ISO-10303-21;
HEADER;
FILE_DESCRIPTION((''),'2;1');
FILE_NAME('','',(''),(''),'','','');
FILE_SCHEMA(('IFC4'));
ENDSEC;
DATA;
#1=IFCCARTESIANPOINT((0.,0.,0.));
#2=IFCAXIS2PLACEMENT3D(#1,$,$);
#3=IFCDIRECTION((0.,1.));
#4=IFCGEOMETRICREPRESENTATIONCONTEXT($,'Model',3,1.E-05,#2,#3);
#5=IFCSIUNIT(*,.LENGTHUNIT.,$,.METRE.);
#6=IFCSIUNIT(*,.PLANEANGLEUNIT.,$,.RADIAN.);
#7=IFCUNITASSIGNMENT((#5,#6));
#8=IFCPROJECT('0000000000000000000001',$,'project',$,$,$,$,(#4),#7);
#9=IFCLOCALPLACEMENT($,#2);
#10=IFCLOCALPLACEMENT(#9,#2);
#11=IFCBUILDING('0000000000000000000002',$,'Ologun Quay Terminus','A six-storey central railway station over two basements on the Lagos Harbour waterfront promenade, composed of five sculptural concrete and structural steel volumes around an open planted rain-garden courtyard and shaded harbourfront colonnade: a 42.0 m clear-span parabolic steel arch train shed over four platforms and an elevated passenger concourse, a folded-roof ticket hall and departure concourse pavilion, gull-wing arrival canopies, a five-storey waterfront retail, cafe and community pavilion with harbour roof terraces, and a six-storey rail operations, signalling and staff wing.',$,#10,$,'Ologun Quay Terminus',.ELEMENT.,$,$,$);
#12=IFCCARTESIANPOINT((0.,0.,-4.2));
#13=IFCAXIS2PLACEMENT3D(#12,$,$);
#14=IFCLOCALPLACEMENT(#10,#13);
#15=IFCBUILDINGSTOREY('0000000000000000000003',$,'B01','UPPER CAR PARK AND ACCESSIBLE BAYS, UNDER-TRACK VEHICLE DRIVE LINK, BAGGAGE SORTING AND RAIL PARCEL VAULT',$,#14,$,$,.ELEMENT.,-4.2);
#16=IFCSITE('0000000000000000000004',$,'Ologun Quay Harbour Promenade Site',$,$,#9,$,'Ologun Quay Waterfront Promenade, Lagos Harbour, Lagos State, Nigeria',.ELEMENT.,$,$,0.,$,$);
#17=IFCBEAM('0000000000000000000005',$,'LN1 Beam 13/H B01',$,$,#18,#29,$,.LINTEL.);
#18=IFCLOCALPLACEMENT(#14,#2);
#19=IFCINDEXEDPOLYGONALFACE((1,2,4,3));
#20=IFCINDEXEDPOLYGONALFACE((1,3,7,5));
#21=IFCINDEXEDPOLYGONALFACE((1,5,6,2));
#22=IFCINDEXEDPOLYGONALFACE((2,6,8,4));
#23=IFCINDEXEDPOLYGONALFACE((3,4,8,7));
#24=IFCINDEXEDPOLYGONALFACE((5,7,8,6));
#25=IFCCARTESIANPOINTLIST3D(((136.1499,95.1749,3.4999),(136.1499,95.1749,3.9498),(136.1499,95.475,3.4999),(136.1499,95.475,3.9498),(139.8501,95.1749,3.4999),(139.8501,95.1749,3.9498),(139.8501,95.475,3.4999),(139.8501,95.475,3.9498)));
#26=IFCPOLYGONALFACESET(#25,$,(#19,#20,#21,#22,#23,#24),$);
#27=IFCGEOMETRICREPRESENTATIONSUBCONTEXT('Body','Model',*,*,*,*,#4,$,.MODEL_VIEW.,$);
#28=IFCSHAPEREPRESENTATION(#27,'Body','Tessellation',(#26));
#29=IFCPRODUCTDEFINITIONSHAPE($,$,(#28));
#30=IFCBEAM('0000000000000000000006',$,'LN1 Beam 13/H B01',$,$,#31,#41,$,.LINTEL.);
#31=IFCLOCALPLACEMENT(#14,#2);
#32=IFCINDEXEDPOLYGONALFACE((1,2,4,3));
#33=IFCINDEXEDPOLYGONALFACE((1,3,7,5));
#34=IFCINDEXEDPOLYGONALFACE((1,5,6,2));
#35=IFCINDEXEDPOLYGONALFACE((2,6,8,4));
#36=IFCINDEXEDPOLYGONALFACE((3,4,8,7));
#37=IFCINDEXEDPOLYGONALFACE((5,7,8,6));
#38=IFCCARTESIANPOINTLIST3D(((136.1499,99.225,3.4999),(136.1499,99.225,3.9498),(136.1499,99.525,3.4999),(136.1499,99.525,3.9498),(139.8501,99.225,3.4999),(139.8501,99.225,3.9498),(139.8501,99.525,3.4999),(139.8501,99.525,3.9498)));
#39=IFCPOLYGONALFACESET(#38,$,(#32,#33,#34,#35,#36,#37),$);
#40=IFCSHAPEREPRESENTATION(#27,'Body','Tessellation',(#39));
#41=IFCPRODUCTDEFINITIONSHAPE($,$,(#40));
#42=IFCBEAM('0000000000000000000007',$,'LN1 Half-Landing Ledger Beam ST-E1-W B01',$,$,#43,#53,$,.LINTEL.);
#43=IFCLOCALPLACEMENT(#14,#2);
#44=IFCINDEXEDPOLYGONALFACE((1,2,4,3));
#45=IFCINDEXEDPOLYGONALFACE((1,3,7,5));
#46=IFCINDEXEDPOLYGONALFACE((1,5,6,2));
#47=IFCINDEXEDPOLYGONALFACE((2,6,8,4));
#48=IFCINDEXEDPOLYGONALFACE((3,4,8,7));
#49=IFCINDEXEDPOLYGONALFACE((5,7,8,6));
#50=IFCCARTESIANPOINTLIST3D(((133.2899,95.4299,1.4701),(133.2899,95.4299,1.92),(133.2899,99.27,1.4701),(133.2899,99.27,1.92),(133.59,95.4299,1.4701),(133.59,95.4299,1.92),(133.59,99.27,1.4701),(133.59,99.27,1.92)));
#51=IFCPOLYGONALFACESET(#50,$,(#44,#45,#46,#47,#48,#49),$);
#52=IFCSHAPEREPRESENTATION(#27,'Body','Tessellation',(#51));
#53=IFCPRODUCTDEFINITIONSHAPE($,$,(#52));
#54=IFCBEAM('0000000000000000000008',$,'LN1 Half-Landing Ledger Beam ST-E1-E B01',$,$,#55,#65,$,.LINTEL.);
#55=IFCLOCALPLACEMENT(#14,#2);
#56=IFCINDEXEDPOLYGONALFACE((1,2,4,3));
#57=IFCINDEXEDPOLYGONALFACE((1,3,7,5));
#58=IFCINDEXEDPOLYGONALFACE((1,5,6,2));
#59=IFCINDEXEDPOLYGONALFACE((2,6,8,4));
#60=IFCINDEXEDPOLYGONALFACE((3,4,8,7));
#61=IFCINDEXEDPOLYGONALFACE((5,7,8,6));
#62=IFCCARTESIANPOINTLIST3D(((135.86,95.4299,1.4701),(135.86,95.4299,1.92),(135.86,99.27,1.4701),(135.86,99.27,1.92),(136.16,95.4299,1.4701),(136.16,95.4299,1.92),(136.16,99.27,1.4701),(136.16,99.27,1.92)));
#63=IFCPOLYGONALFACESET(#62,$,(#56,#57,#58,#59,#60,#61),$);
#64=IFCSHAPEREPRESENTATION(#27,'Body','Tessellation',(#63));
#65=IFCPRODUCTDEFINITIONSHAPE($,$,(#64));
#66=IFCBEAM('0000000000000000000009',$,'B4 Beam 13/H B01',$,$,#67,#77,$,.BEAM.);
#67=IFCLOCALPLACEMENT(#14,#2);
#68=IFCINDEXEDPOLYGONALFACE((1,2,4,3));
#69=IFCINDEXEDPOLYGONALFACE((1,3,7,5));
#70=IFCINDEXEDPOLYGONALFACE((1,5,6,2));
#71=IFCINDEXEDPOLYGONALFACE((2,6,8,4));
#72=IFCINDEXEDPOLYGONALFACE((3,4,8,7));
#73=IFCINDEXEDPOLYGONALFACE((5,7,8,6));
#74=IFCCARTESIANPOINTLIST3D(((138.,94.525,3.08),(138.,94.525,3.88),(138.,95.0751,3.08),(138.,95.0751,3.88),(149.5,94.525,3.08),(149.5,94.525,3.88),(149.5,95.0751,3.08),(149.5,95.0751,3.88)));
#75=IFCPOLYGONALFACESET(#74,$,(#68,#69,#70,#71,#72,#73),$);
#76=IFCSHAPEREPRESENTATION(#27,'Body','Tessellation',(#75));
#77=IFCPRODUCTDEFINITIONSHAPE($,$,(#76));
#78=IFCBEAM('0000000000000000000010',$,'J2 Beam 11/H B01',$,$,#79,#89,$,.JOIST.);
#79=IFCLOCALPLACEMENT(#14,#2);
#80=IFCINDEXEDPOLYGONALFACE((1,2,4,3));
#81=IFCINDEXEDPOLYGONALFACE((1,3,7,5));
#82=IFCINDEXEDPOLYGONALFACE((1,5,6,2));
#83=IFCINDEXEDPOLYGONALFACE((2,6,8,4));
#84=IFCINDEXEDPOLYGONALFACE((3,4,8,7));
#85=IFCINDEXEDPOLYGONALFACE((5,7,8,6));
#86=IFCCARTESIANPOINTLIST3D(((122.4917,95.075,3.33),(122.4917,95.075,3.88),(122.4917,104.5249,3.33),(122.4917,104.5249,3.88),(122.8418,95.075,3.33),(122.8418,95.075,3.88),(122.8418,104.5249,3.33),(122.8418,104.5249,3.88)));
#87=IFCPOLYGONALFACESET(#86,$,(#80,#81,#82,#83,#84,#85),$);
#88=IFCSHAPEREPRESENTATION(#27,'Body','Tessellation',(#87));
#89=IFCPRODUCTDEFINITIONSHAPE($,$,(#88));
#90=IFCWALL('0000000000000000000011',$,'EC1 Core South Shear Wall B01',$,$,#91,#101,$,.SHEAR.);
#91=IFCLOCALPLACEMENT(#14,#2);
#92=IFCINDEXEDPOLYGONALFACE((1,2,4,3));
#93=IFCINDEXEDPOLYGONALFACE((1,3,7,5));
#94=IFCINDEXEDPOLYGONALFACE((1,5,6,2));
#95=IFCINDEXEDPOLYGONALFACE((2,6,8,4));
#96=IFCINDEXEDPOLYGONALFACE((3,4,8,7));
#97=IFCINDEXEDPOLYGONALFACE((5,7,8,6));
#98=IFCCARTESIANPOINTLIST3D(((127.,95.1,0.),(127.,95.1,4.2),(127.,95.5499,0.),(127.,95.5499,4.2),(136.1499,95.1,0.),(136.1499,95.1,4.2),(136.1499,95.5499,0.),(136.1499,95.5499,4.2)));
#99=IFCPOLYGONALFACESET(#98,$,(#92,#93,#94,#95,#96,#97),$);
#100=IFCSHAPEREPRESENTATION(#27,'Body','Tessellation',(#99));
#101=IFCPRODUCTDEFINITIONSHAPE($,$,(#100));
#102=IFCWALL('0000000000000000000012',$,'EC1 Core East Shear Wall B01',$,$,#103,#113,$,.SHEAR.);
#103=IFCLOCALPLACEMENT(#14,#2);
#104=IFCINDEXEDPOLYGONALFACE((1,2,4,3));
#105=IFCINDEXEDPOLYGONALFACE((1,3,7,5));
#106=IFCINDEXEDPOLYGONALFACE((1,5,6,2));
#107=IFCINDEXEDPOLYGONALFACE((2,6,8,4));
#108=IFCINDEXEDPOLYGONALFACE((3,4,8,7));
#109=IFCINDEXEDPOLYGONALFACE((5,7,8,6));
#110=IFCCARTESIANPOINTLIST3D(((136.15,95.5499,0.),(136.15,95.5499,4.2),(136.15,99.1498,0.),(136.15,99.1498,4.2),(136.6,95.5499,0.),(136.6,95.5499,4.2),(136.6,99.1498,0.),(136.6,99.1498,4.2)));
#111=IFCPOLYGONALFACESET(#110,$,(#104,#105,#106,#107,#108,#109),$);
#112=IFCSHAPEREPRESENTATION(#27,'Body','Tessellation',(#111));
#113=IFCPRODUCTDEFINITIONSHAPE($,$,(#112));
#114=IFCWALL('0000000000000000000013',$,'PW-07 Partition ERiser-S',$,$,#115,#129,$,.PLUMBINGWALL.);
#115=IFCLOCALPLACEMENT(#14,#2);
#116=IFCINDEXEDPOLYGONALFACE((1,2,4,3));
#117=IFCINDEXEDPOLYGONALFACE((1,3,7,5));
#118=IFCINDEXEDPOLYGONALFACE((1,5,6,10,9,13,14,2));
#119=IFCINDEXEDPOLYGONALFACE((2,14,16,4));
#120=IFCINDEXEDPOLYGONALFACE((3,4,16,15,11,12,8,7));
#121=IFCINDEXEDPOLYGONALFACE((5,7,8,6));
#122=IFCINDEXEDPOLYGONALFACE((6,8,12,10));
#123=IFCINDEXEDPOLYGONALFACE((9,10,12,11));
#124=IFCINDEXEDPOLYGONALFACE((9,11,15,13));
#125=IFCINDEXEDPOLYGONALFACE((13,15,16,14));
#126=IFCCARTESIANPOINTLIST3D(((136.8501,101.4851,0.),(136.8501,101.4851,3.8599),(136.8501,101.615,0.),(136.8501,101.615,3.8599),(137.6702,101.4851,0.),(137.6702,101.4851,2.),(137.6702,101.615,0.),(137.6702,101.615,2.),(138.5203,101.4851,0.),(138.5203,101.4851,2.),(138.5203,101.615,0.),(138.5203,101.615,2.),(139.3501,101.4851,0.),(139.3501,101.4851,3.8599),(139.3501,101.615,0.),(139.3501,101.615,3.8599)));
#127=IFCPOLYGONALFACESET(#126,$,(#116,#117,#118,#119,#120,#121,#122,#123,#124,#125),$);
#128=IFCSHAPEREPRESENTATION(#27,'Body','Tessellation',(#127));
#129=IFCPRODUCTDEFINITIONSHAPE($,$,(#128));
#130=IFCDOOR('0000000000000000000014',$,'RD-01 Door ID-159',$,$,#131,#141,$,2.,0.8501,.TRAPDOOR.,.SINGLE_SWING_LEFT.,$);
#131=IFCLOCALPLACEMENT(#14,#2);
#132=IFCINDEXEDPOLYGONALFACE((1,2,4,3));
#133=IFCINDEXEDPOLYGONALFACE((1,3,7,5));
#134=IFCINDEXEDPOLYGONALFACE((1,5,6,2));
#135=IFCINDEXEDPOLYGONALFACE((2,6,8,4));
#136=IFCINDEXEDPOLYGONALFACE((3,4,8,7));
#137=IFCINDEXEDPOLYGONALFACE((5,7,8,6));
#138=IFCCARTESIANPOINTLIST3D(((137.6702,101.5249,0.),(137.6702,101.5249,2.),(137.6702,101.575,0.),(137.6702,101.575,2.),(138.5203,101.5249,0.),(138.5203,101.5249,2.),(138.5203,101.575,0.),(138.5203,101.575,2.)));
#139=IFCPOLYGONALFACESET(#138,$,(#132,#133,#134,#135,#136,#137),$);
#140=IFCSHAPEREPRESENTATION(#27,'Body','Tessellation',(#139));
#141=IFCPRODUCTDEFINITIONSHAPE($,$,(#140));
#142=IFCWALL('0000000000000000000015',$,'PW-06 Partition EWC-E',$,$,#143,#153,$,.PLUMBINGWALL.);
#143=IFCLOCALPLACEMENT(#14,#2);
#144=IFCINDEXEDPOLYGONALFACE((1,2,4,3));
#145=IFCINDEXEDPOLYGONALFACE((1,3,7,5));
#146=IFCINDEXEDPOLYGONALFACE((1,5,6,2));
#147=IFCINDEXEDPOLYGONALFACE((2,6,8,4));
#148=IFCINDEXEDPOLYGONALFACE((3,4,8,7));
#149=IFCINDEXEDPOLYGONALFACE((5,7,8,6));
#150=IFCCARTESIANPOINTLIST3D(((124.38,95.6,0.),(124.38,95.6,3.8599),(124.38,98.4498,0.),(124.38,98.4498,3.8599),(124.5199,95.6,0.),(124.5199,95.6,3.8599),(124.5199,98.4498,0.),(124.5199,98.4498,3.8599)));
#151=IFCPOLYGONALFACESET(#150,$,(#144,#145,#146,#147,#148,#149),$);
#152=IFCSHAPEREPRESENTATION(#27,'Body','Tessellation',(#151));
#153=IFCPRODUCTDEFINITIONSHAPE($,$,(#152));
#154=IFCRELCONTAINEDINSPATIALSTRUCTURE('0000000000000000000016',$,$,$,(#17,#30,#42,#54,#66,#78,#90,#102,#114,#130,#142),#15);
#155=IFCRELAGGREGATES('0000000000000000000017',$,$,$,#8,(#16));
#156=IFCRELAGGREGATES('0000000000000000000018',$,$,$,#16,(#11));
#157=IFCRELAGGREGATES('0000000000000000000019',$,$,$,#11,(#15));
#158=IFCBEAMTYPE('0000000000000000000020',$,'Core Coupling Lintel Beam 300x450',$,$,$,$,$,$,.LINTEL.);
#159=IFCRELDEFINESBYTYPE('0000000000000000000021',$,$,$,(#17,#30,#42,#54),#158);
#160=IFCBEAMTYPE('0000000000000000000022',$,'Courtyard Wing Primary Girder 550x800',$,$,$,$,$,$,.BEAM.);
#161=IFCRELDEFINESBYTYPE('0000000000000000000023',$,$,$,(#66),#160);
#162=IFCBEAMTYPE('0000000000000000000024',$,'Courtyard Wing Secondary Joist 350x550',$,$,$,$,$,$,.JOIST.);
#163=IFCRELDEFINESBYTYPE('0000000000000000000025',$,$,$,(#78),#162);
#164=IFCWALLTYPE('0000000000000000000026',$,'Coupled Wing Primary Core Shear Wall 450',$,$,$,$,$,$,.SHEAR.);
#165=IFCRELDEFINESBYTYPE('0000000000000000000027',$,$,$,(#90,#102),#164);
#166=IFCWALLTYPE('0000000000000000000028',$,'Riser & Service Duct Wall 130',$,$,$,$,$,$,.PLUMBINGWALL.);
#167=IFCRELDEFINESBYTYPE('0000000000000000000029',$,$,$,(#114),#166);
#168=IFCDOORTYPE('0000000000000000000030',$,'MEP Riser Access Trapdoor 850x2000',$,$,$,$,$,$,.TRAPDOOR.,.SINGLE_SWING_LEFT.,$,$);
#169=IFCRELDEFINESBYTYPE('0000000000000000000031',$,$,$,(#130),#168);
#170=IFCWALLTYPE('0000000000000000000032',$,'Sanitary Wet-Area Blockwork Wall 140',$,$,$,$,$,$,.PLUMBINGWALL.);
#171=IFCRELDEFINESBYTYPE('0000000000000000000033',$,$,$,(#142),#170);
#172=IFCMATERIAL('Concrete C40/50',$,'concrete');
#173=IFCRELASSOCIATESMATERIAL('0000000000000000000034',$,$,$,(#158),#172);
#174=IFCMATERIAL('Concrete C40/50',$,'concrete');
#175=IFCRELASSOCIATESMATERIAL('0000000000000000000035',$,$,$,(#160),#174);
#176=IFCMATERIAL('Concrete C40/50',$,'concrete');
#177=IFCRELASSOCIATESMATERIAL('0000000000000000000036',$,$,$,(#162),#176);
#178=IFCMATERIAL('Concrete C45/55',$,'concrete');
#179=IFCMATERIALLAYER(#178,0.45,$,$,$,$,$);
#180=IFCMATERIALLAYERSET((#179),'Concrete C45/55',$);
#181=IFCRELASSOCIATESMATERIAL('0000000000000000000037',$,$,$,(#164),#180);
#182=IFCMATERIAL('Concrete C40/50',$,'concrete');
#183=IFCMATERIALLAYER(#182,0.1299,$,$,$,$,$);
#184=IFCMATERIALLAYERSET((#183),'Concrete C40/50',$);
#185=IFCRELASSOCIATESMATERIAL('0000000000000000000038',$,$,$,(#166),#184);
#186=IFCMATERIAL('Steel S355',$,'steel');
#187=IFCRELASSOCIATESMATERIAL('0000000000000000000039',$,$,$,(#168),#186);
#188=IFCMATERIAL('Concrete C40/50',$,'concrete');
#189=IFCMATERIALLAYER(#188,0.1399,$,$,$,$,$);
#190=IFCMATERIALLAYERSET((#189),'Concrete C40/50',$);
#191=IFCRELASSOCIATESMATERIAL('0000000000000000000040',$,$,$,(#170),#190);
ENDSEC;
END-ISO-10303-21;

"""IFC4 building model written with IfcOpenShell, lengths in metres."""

from ifc_helpers import new_model, si_unit, direction, frame, frame_2d, origin, origin_2d, place, context, subcontext, project, spatial, rectangle, extrude, material, layer, layer_set, material_profile, profile_set, type_object, element, fill, save


model = new_model("IFC4")

# Units and contexts
model_context = context("Model", 3, precision=1e-05, world=origin(), true_north=direction((0.0, 1.0)))
body_context = subcontext(model_context, "Body", "Model", "MODEL_VIEW")
ifc_project = project(units=[si_unit("LENGTHUNIT", "METRE"), si_unit("PLANEANGLEUNIT", "RADIAN")], contexts=[model_context])

# Site, building, storey
site_placement = place(None, origin())
site = spatial("IfcSite", under=ifc_project, at=site_placement, Name="Ologun Quay Harbour Promenade Site", LongName="Ologun Quay Waterfront Promenade, Lagos Harbour, Lagos State, Nigeria", CompositionType="ELEMENT", RefElevation=0.0)
building_placement = place(site_placement, origin())
building = spatial("IfcBuilding", under=site, at=building_placement, Name="Ologun Quay Terminus", Description="A six-storey central railway station over two basements on the Lagos Harbour waterfront promenade, composed of five sculptural concrete and structural steel volumes around an open planted rain-garden courtyard and shaded harbourfront colonnade: a 42.0 m clear-span parabolic steel arch train shed over four platforms and an elevated passenger concourse, a folded-roof ticket hall and departure concourse pavilion, gull-wing arrival canopies, a five-storey waterfront retail, cafe and community pavilion with harbour roof terraces, and a six-storey rail operations, signalling and staff wing.", LongName="Ologun Quay Terminus", CompositionType="ELEMENT")
storey_placement = place(building_placement, frame((0.0, 0.0, -4.2)))
storey = spatial("IfcBuildingStorey", under=building, at=storey_placement, Name="B01", Description="UPPER CAR PARK AND ACCESSIBLE BAYS, UNDER-TRACK VEHICLE DRIVE LINK, BAGGAGE SORTING AND RAIL PARCEL VAULT", CompositionType="ELEMENT", Elevation=-4.2)

# Beams
ifc_material_1 = material(Name="Concrete C40/50", Category="concrete")
ifc_material_profile_1 = material_profile(ifc_material_1, rectangle(XDim=0.3, YDim=0.45, at=origin_2d()), Name="RC 300x450")
ifc_profile_set_1 = profile_set([ifc_material_profile_1], Name="Concrete C40/50")
beam_type_1 = type_object("IfcBeamType", Name="Core Coupling Lintel Beam 300x450", PredefinedType="LINTEL", material=ifc_profile_set_1)
for number, where, z_axis, x_axis, name in (
    (1, (136.1499, 95.325, 3.7249), (1.0, 0.0, 0.0), (0.0, 1.0, 0.0), "LN1 Beam 13/H B01"),
    (2, (136.1499, 99.375, 3.7249), (1.0, 0.0, 0.0), (0.0, 1.0, 0.0), "LN1 Beam 13/H B01"),
):
    element("IfcBeam", number, at=place(storey_placement, frame(where, z_axis=z_axis, x_axis=x_axis)), inside=storey, type_object=beam_type_1, Name=name, PredefinedType="LINTEL", context=body_context, shape_type="SweptSolid", body=[
        extrude(rectangle(XDim=0.3, YDim=0.45, at=origin_2d()), origin(), (0.0, 0.0, 1.0), 3.7002),
    ])
for number, where, z_axis, x_axis, name in (
    (3, (133.4399, 95.4299, 1.6951), (0.0, 1.0, 0.0), (-1.0, 0.0, 0.0), "LN1 Half-Landing Ledger Beam ST-E1-W B01"),
    (4, (136.01, 95.4299, 1.6951), (0.0, 1.0, 0.0), (-1.0, 0.0, 0.0), "LN1 Half-Landing Ledger Beam ST-E1-E B01"),
):
    element("IfcBeam", number, at=place(storey_placement, frame(where, z_axis=z_axis, x_axis=x_axis)), inside=storey, type_object=beam_type_1, Name=name, PredefinedType="LINTEL", context=body_context, shape_type="SweptSolid", body=[
        extrude(rectangle(XDim=0.3, YDim=0.45, at=origin_2d()), origin(), (0.0, 0.0, 1.0), 3.8401),
    ])
ifc_material_2 = material(Name="Concrete C40/50", Category="concrete")
ifc_material_profile_2 = material_profile(ifc_material_2, rectangle(XDim=0.55, YDim=0.8, at=origin_2d()), Name="RC 550x800")
ifc_profile_set_2 = profile_set([ifc_material_profile_2], Name="Concrete C40/50")
beam_type_2 = type_object("IfcBeamType", Name="Courtyard Wing Primary Girder 550x800", PredefinedType="BEAM", material=ifc_profile_set_2)
beam_1_placement = place(storey_placement, frame((138.0, 94.8, 3.48), z_axis=(1.0, 0.0, 0.0), x_axis=(0.0, 1.0, 0.0)))
element("IfcBeam", 5, at=beam_1_placement, inside=storey, type_object=beam_type_2, Name="B4 Beam 13/H B01", PredefinedType="BEAM", context=body_context, shape_type="SweptSolid", body=[
    extrude(rectangle(XDim=0.55, YDim=0.8, at=origin_2d()), origin(), (0.0, 0.0, 1.0), 11.5),
])
ifc_material_3 = material(Name="Concrete C40/50", Category="concrete")
ifc_material_profile_3 = material_profile(ifc_material_3, rectangle(XDim=0.3501, YDim=0.55, at=origin_2d()), Name="RC 350x550")
ifc_profile_set_3 = profile_set([ifc_material_profile_3], Name="Concrete C40/50")
beam_type_3 = type_object("IfcBeamType", Name="Courtyard Wing Secondary Joist 350x550", PredefinedType="JOIST", material=ifc_profile_set_3)
beam_2_placement = place(storey_placement, frame((122.6667, 95.075, 3.605), z_axis=(0.0, 1.0, 0.0), x_axis=(-1.0, 0.0, 0.0)))
element("IfcBeam", 6, at=beam_2_placement, inside=storey, type_object=beam_type_3, Name="J2 Beam 11/H B01", PredefinedType="JOIST", context=body_context, shape_type="SweptSolid", body=[
    extrude(rectangle(XDim=0.3501, YDim=0.55, at=origin_2d()), origin(), (0.0, 0.0, 1.0), 9.45),
])

# Wall
ifc_material_4 = material(Name="Concrete C45/55", Category="concrete")
ifc_layer_1 = layer(ifc_material_4, 0.45)
ifc_layer_set_1 = layer_set([ifc_layer_1], Name="Concrete C45/55")
wall_type_1 = type_object("IfcWallType", Name="Coupled Wing Primary Core Shear Wall 450", PredefinedType="SHEAR", material=ifc_layer_set_1)
wall_1_placement = place(storey_placement, frame((127.0, 95.325, 0.0), z_axis=(0.0, 0.0, 1.0), x_axis=(1.0, 0.0, 0.0)))
element("IfcWall", 7, at=wall_1_placement, inside=storey, type_object=wall_type_1, Name="EC1 Core South Shear Wall B01", PredefinedType="SHEAR", context=body_context, shape_type="SweptSolid", body=[
    extrude(rectangle(XDim=9.1499, YDim=0.45, at=frame_2d((4.575, 0.0))), origin(), (0.0, 0.0, 1.0), 4.2),
])

# Wall
wall_2_placement = place(storey_placement, frame((136.375, 95.55, 0.0), z_axis=(0.0, 0.0, 1.0), x_axis=(0.0, 1.0, 0.0)))
element("IfcWall", 8, at=wall_2_placement, inside=storey, type_object=wall_type_1, Name="EC1 Core East Shear Wall B01", PredefinedType="SHEAR", context=body_context, shape_type="SweptSolid", body=[
    extrude(rectangle(XDim=3.5999, YDim=0.45, at=frame_2d((1.7998, 0.0))), origin(), (0.0, 0.0, 1.0), 4.2),
])

# Wall, opening, door
ifc_material_5 = material(Name="Concrete C40/50", Category="concrete")
ifc_layer_2 = layer(ifc_material_5, 0.1299)
ifc_layer_set_2 = layer_set([ifc_layer_2], Name="Concrete C40/50")
wall_type_2 = type_object("IfcWallType", Name="Riser & Service Duct Wall 130", PredefinedType="PLUMBINGWALL", material=ifc_layer_set_2)
wall_3_placement = place(storey_placement, frame((136.8501, 101.55, 0.0), z_axis=(0.0, 0.0, 1.0), x_axis=(1.0, 0.0, 0.0)))
wall_3 = element("IfcWall", 9, at=wall_3_placement, inside=storey, type_object=wall_type_2, Name="PW-07 Partition ERiser-S", PredefinedType="PLUMBINGWALL", context=body_context, shape_type="SweptSolid", body=[
    extrude(rectangle(XDim=2.5, YDim=0.1299, at=frame_2d((1.25, 0.0))), origin(), (0.0, 0.0, 1.0), 3.8599),
])
opening_1_placement = place(wall_3_placement, frame((0.8201, 0.0, 0.0)))
opening_1 = element("IfcOpeningElement", 10, at=opening_1_placement, cuts=wall_3, PredefinedType="OPENING", context=body_context, shape_type="SweptSolid", body=[
    extrude(rectangle(XDim=0.8501, YDim=2.0, at=frame_2d((0.425, 1.0))), frame((0.0, 0.075, 0.0), z_axis=(0.0, -1.0, 0.0), x_axis=(1.0, 0.0, 0.0)), (0.0, 0.0, 1.0), 0.1499),
])
ifc_material_6 = material(Name="Steel S355", Category="steel")
door_type_1 = type_object("IfcDoorType", Name="MEP Riser Access Trapdoor 850x2000", OperationType="SINGLE_SWING_LEFT", PredefinedType="TRAPDOOR", material=ifc_material_6)
door_1_placement = place(opening_1_placement, origin())
door_1 = element("IfcDoor", 11, at=door_1_placement, inside=storey, type_object=door_type_1, Name="RD-01 Door ID-159", OperationType="SINGLE_SWING_LEFT", OverallHeight=2.0, OverallWidth=0.8501, PredefinedType="TRAPDOOR", context=body_context, shape_type="SweptSolid", body=[
    extrude(rectangle(XDim=0.8501, YDim=2.0, at=frame_2d((0.425, 1.0))), frame((0.0, 0.0249, 0.0), z_axis=(0.0, -1.0, 0.0), x_axis=(1.0, 0.0, 0.0)), (0.0, 0.0, 1.0), 0.05),
])
fill(opening_1, door_1)

# Wall
ifc_material_7 = material(Name="Concrete C40/50", Category="concrete")
ifc_layer_3 = layer(ifc_material_7, 0.1399)
ifc_layer_set_3 = layer_set([ifc_layer_3], Name="Concrete C40/50")
wall_type_3 = type_object("IfcWallType", Name="Sanitary Wet-Area Blockwork Wall 140", PredefinedType="PLUMBINGWALL", material=ifc_layer_set_3)
wall_4_placement = place(storey_placement, frame((124.45, 95.6001, 0.0), z_axis=(0.0, 0.0, 1.0), x_axis=(0.0, 1.0, 0.0)))
element("IfcWall", 12, at=wall_4_placement, inside=storey, type_object=wall_type_3, Name="PW-06 Partition EWC-E", PredefinedType="PLUMBINGWALL", context=body_context, shape_type="SweptSolid", body=[
    extrude(rectangle(XDim=2.8499, YDim=0.1399, at=frame_2d((1.4248, 0.0))), origin(), (0.0, 0.0, 1.0), 3.8599),
])

save(model, "model.ifc")
